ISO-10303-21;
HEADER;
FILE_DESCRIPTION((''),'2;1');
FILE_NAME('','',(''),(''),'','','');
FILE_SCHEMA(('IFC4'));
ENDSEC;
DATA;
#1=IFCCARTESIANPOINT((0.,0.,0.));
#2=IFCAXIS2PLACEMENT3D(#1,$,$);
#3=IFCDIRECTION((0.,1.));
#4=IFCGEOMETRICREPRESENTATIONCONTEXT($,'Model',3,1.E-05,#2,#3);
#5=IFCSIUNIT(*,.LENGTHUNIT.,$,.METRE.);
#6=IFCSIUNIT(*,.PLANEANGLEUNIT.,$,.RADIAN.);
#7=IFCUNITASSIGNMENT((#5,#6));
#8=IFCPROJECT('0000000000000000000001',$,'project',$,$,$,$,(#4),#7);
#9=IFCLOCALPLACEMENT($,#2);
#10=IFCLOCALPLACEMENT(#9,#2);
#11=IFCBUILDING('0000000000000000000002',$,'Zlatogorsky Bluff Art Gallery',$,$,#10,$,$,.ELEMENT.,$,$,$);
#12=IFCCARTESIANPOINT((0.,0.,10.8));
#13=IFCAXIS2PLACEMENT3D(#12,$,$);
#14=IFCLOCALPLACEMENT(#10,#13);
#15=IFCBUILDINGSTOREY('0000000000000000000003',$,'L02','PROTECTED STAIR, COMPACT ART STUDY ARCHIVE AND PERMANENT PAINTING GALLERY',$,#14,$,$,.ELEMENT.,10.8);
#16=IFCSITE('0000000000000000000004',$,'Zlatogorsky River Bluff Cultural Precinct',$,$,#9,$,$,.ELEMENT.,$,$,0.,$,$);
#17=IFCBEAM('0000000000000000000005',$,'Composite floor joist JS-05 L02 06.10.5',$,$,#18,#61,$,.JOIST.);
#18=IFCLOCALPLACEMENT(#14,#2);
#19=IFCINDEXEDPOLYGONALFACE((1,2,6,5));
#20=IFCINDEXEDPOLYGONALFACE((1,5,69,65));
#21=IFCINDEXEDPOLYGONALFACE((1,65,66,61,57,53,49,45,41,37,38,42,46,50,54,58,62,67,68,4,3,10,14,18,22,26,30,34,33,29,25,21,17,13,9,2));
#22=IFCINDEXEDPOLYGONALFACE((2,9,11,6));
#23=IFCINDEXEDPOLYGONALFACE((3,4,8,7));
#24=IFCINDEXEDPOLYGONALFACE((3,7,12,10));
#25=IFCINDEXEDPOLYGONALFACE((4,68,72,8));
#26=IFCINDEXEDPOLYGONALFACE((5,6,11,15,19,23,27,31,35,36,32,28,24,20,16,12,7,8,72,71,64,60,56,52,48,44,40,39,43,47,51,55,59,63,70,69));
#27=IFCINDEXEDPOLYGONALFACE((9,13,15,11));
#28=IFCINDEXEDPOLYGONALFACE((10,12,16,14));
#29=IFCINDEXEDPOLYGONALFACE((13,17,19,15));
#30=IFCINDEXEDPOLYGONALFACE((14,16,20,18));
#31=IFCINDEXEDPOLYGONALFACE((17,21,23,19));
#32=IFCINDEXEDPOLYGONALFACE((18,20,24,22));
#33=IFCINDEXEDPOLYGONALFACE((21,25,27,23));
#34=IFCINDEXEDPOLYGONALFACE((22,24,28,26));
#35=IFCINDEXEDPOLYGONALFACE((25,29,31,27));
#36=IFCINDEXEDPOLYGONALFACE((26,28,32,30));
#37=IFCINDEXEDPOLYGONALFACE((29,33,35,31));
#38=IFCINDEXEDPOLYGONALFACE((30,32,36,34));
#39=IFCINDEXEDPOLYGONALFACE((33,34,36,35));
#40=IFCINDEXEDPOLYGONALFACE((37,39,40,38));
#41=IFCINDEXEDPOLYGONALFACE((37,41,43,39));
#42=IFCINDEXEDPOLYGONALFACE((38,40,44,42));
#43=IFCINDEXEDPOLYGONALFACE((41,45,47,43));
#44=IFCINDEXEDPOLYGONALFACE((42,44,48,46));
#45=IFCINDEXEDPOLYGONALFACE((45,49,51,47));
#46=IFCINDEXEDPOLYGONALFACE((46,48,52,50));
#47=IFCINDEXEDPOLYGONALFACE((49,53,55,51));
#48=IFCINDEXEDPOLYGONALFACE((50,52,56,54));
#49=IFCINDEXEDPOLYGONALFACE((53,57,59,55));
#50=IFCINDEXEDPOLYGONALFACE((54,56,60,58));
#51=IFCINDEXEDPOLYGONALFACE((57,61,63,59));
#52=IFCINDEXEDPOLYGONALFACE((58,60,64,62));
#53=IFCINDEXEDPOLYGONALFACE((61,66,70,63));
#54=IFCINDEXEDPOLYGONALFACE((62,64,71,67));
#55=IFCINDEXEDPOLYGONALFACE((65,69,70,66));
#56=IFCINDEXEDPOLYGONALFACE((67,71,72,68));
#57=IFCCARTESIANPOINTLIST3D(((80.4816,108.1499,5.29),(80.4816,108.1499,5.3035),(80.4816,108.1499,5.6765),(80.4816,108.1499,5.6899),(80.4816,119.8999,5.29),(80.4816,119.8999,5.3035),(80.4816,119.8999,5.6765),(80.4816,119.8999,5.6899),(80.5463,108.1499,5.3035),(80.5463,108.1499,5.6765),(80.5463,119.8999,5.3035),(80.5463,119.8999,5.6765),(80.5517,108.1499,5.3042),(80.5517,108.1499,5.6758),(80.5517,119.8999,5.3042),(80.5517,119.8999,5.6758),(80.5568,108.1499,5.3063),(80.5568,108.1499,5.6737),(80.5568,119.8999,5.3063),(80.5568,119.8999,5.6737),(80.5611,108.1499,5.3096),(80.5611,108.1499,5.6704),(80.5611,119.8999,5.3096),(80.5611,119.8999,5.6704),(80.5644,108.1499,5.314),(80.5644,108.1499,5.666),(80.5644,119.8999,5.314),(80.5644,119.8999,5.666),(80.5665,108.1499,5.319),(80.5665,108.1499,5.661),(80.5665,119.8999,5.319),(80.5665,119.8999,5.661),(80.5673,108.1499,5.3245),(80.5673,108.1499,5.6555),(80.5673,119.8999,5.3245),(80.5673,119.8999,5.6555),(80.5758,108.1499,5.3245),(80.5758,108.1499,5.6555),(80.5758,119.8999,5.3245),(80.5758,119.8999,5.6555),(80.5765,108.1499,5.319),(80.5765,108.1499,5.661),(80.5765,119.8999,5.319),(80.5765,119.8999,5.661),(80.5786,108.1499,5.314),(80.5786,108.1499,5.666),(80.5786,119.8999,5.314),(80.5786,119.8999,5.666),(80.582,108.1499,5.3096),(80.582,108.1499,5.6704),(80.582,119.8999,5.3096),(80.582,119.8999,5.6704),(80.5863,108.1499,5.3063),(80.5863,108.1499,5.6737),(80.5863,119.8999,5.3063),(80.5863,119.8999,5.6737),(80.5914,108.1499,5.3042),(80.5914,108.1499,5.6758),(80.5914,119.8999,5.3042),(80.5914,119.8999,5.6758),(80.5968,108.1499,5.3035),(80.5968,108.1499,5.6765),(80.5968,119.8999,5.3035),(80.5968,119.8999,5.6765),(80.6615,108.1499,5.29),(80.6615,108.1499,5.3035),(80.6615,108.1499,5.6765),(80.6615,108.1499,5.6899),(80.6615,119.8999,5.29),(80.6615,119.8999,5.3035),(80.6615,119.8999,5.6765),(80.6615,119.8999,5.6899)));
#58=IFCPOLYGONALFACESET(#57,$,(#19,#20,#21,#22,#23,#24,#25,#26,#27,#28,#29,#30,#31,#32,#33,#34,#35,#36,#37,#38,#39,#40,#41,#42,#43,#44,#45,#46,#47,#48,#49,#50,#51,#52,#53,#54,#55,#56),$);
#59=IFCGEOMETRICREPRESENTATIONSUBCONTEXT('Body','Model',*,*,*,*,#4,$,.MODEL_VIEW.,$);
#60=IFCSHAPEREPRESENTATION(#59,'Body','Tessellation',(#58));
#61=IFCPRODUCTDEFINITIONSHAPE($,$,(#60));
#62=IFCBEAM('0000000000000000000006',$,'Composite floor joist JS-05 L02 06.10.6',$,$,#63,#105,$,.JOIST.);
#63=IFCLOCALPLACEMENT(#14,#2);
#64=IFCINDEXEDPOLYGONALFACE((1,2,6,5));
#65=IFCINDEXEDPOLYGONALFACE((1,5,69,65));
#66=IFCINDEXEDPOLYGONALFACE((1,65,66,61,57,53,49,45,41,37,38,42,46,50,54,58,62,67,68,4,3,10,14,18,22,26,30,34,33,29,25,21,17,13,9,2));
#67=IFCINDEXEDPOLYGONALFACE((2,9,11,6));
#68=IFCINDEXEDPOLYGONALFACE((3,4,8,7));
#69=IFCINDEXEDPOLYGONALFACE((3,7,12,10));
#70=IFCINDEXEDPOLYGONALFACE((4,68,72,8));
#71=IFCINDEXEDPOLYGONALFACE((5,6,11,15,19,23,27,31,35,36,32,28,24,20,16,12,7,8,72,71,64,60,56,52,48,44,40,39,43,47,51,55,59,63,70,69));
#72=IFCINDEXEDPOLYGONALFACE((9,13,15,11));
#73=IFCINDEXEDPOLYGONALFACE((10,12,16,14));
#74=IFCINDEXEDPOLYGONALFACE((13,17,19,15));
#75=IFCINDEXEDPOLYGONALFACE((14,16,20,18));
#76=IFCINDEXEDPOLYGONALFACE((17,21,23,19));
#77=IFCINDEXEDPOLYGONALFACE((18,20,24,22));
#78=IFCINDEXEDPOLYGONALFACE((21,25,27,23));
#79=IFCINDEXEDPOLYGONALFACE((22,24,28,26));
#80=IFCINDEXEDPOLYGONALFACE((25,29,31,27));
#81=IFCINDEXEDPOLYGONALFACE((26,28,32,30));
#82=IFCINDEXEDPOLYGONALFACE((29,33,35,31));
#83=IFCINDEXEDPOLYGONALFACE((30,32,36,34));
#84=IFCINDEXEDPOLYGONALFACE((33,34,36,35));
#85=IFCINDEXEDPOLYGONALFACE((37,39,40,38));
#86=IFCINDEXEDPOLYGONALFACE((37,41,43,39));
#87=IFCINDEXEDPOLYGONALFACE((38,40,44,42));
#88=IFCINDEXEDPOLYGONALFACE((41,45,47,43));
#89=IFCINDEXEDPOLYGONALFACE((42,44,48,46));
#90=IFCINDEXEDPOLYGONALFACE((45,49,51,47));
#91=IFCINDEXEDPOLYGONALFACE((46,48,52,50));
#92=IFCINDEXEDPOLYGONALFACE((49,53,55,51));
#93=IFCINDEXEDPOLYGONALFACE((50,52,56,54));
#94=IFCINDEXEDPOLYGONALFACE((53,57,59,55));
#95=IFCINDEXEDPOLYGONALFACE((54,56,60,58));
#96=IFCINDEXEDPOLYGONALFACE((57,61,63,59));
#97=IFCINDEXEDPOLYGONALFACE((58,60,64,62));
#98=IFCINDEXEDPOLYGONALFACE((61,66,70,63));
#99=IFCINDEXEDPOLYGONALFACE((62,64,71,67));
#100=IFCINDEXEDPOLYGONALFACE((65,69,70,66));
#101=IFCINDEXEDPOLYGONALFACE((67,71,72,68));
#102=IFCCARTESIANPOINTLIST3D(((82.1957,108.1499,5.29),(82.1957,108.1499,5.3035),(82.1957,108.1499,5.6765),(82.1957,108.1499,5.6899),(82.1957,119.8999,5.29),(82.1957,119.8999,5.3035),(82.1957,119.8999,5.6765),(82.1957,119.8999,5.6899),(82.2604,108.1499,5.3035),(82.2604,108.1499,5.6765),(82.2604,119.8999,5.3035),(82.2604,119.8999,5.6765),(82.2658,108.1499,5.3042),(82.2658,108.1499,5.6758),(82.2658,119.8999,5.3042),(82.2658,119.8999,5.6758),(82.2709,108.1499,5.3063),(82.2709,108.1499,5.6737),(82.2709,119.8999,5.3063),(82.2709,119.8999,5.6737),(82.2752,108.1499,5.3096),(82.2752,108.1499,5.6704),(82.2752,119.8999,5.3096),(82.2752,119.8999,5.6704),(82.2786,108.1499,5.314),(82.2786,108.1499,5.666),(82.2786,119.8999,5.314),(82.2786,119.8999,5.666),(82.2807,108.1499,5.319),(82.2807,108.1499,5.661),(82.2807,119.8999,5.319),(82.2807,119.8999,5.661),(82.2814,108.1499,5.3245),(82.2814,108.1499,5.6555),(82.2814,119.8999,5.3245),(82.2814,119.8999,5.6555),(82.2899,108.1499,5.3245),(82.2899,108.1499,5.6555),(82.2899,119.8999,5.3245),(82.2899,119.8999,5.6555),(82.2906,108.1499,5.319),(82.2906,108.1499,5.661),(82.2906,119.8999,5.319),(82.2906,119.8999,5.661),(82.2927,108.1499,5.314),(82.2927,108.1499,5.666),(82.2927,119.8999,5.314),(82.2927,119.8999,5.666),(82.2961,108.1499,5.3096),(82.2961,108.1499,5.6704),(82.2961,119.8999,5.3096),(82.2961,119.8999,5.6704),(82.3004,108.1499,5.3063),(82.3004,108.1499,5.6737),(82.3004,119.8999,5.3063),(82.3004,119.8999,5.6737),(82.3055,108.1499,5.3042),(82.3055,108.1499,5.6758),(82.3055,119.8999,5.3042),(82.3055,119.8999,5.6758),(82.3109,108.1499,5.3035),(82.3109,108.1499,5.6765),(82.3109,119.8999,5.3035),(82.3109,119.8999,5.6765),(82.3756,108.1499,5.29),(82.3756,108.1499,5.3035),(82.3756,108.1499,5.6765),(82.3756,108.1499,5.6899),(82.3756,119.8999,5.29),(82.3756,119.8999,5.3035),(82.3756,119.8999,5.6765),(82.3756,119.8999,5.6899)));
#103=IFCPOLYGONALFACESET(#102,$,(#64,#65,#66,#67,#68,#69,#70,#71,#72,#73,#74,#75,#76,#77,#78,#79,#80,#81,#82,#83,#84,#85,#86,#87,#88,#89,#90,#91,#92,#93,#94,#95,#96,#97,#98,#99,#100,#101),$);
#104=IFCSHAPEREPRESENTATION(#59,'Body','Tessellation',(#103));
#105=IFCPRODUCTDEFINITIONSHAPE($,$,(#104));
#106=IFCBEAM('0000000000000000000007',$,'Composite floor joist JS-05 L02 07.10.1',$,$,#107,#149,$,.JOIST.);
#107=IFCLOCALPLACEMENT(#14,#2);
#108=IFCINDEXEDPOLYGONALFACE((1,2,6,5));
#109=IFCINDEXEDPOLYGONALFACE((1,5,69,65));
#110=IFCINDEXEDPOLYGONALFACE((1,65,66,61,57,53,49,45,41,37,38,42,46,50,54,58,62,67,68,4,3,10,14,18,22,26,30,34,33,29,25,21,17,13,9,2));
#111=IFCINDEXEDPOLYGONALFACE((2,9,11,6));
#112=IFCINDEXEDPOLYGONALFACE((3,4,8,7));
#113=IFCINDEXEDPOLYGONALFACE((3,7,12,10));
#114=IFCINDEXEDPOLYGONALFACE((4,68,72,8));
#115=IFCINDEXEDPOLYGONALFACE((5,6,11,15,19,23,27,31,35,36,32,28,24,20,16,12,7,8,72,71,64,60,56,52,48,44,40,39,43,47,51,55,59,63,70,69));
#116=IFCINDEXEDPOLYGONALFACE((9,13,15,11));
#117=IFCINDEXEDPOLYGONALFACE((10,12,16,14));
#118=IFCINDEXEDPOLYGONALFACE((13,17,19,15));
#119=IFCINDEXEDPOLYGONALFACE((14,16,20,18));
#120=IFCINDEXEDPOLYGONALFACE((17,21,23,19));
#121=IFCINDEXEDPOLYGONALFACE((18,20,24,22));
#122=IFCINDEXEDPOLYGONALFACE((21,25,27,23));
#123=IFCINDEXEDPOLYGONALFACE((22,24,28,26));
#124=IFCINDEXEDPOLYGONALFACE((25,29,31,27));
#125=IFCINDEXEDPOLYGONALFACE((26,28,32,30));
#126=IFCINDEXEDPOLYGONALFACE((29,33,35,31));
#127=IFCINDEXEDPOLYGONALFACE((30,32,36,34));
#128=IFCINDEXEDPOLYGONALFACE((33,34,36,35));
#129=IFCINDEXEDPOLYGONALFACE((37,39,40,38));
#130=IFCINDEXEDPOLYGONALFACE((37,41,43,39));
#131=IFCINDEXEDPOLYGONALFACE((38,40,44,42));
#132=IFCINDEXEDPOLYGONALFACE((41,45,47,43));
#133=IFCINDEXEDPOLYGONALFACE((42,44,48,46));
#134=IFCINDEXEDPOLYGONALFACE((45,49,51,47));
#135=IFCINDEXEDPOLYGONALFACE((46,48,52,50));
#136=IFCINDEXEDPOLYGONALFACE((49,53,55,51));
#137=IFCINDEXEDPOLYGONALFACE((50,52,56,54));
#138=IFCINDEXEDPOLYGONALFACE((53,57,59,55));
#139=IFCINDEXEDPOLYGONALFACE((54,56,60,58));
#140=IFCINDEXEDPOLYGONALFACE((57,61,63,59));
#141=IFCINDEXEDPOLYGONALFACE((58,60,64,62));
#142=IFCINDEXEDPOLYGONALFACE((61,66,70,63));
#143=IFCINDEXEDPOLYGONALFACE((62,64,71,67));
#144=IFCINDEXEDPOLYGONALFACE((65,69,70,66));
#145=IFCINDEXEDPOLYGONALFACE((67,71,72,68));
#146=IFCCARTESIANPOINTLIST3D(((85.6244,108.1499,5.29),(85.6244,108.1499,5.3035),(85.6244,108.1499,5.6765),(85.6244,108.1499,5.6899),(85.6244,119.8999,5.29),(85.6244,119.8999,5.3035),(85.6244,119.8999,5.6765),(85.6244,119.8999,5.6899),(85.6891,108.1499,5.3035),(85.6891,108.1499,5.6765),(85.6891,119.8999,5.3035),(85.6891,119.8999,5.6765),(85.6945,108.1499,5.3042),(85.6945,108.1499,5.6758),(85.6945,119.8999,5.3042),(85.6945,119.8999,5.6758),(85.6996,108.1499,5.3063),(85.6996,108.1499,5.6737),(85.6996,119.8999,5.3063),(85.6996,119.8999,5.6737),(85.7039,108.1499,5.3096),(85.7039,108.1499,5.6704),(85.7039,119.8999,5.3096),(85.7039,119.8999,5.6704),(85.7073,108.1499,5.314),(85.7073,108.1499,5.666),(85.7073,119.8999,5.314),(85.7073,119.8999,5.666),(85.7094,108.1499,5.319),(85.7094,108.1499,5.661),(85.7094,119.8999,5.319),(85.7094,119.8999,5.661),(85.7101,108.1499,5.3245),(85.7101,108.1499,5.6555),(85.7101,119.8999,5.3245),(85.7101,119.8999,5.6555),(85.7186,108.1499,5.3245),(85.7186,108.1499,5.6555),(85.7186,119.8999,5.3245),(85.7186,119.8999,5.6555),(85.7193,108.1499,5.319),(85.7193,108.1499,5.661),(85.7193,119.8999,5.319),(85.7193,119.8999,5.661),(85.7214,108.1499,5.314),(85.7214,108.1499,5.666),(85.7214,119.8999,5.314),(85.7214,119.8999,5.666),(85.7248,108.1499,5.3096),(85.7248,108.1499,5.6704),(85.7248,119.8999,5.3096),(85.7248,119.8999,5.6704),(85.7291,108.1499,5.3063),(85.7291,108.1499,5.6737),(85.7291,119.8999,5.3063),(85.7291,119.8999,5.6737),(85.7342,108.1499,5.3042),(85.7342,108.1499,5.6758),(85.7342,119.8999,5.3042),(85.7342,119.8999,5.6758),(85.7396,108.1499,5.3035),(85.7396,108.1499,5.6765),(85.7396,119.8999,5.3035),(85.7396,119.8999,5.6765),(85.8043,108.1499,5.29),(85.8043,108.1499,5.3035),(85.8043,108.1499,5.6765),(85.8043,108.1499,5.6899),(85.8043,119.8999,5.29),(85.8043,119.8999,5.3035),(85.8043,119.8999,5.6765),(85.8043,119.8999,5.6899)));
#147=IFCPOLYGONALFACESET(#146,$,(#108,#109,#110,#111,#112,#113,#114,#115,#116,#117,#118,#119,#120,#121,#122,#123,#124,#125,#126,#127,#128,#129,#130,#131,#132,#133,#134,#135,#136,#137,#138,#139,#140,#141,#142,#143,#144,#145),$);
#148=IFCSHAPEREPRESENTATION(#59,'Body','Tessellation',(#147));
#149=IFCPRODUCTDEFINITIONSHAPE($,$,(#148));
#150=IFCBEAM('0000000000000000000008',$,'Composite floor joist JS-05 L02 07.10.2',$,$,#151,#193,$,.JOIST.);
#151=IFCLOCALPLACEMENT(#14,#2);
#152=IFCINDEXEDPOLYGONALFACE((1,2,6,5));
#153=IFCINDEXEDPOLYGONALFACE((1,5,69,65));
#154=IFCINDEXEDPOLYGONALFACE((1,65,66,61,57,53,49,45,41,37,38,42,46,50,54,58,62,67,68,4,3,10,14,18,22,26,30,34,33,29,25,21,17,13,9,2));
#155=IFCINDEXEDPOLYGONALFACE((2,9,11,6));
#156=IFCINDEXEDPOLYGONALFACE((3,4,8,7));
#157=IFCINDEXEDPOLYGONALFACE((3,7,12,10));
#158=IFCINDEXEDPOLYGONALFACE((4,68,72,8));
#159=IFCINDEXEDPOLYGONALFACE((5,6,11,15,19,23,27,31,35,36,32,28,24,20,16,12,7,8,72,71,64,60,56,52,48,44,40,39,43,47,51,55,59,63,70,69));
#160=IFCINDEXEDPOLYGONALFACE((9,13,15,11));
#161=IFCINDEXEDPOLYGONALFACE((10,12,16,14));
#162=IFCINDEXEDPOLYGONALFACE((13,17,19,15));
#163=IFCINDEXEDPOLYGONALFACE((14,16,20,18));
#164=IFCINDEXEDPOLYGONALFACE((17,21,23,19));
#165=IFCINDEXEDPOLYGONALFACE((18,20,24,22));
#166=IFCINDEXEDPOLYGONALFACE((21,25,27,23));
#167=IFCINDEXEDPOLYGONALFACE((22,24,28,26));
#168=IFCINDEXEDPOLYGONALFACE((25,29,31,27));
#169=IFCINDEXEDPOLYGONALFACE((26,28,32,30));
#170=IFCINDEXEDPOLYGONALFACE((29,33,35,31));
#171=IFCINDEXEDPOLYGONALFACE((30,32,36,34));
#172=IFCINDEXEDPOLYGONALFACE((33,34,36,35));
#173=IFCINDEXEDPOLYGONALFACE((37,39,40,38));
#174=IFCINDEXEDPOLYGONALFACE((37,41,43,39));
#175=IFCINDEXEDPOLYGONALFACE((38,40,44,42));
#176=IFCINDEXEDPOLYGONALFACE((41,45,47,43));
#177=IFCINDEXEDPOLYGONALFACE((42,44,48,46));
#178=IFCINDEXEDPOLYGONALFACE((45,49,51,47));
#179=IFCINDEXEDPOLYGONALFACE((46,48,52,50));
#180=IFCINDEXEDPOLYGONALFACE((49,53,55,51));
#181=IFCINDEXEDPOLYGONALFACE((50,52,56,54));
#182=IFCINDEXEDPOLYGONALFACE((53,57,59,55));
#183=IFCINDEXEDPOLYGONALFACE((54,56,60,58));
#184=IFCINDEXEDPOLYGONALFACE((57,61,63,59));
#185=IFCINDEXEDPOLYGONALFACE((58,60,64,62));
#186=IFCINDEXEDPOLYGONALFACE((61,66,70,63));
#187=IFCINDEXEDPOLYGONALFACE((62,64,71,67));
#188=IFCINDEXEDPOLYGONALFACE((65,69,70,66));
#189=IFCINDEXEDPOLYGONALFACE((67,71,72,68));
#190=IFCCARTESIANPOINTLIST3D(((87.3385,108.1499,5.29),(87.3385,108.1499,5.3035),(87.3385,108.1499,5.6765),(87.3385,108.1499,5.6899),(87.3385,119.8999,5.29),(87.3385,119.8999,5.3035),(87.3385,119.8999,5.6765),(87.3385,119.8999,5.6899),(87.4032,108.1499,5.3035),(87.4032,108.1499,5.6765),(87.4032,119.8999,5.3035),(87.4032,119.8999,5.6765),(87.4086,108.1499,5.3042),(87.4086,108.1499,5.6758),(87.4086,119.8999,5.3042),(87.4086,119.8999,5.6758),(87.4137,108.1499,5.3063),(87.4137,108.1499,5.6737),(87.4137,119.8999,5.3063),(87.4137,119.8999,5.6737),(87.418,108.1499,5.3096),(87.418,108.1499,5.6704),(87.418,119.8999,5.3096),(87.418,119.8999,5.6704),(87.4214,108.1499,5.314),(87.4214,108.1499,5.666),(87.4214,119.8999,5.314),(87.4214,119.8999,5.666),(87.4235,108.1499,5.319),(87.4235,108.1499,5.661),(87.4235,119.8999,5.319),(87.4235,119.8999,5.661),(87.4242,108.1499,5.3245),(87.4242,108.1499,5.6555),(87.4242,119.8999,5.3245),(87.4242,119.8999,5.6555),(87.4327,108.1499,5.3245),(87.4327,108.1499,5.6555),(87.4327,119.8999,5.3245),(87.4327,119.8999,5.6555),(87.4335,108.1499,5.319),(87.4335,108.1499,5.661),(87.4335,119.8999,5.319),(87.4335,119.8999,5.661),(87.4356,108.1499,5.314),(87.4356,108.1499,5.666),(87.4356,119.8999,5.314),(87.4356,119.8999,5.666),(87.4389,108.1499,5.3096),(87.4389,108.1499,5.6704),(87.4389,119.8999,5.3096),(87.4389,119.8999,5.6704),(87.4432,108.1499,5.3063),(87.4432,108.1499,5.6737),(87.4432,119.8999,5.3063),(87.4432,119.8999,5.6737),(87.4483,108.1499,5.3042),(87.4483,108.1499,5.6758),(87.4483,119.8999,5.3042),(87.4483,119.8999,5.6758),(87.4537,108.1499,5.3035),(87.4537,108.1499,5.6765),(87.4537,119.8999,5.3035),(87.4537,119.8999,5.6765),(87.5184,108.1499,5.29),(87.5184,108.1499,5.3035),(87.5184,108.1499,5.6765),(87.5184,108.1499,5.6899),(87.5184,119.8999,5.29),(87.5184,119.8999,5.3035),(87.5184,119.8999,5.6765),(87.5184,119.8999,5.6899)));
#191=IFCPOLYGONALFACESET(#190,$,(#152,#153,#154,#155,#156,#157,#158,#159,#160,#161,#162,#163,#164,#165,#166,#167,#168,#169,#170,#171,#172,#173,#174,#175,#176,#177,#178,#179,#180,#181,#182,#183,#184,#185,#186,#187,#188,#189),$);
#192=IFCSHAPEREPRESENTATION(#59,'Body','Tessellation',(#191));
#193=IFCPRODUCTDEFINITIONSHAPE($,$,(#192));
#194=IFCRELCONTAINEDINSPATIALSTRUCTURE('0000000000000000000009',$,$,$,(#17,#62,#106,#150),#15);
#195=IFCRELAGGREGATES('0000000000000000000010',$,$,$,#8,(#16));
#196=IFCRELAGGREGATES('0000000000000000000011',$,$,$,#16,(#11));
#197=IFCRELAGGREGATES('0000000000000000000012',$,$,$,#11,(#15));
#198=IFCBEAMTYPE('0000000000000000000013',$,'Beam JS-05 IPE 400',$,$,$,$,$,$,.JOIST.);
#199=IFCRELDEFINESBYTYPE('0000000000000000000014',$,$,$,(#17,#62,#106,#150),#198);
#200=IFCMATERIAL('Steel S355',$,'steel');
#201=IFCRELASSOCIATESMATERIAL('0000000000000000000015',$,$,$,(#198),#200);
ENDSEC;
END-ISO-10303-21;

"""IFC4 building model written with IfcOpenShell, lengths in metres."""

from ifc_helpers import new_model, si_unit, direction, frame, origin, origin_2d, place, context, subcontext, project, spatial, i_section, extrude, material, material_profile, profile_set, type_object, element, save


model = new_model("IFC4")

# Units and contexts
model_context = context("Model", 3, precision=1e-05, world=origin(), true_north=direction((0.0, 1.0)))
body_context = subcontext(model_context, "Body", "Model", "MODEL_VIEW")
ifc_project = project(units=[si_unit("LENGTHUNIT", "METRE"), si_unit("PLANEANGLEUNIT", "RADIAN")], contexts=[model_context])

# Site, building, storey
site_placement = place(None, origin())
site = spatial("IfcSite", under=ifc_project, at=site_placement, Name="Zlatogorsky River Bluff Cultural Precinct", CompositionType="ELEMENT", RefElevation=0.0)
building_placement = place(site_placement, origin())
building = spatial("IfcBuilding", under=site, at=building_placement, Name="Zlatogorsky Bluff Art Gallery", CompositionType="ELEMENT")
storey_placement = place(building_placement, frame((0.0, 0.0, 10.8)))
storey = spatial("IfcBuildingStorey", under=building, at=storey_placement, Name="L02", Description="PROTECTED STAIR, COMPACT ART STUDY ARCHIVE AND PERMANENT PAINTING GALLERY", CompositionType="ELEMENT", Elevation=10.8)

# Shared definitions
ifc_material_1 = material(Name="Steel S355", Category="steel")

# Beams
ifc_material_profile_1 = material_profile(ifc_material_1, i_section(OverallWidth=0.1799, OverallDepth=0.3999, WebThickness=0.0085, FlangeThickness=0.0134, FilletRadius=0.021, at=origin_2d()), Name="IPE 400")
ifc_profile_set_1 = profile_set([ifc_material_profile_1], Name="Steel S355")
beam_type_1 = type_object("IfcBeamType", Name="Beam JS-05 IPE 400", PredefinedType="JOIST", material=ifc_profile_set_1)
for number, where, z_axis, x_axis, name in (
    (1, (80.5715, 108.1499, 5.49), (0.0, 1.0, 0.0), (-1.0, 0.0, 0.0), "Composite floor joist JS-05 L02 06.10.5"),
    (2, (82.2856, 108.1499, 5.49), (0.0, 1.0, 0.0), (-1.0, 0.0, 0.0), "Composite floor joist JS-05 L02 06.10.6"),
    (3, (85.7144, 108.1499, 5.49), (0.0, 1.0, 0.0), (-1.0, 0.0, 0.0), "Composite floor joist JS-05 L02 07.10.1"),
    (4, (87.4285, 108.1499, 5.49), (0.0, 1.0, 0.0), (-1.0, 0.0, 0.0), "Composite floor joist JS-05 L02 07.10.2"),
):
    element("IfcBeam", number, at=place(storey_placement, frame(where, z_axis=z_axis, x_axis=x_axis)), inside=storey, type_object=beam_type_1, Name=name, PredefinedType="JOIST", context=body_context, shape_type="SweptSolid", body=[
        extrude(i_section(OverallWidth=0.1799, OverallDepth=0.3999, WebThickness=0.0085, FlangeThickness=0.0134, FilletRadius=0.021, at=origin_2d()), origin(), (0.0, 0.0, 1.0), 11.75),
    ])

save(model, "model.ifc")
